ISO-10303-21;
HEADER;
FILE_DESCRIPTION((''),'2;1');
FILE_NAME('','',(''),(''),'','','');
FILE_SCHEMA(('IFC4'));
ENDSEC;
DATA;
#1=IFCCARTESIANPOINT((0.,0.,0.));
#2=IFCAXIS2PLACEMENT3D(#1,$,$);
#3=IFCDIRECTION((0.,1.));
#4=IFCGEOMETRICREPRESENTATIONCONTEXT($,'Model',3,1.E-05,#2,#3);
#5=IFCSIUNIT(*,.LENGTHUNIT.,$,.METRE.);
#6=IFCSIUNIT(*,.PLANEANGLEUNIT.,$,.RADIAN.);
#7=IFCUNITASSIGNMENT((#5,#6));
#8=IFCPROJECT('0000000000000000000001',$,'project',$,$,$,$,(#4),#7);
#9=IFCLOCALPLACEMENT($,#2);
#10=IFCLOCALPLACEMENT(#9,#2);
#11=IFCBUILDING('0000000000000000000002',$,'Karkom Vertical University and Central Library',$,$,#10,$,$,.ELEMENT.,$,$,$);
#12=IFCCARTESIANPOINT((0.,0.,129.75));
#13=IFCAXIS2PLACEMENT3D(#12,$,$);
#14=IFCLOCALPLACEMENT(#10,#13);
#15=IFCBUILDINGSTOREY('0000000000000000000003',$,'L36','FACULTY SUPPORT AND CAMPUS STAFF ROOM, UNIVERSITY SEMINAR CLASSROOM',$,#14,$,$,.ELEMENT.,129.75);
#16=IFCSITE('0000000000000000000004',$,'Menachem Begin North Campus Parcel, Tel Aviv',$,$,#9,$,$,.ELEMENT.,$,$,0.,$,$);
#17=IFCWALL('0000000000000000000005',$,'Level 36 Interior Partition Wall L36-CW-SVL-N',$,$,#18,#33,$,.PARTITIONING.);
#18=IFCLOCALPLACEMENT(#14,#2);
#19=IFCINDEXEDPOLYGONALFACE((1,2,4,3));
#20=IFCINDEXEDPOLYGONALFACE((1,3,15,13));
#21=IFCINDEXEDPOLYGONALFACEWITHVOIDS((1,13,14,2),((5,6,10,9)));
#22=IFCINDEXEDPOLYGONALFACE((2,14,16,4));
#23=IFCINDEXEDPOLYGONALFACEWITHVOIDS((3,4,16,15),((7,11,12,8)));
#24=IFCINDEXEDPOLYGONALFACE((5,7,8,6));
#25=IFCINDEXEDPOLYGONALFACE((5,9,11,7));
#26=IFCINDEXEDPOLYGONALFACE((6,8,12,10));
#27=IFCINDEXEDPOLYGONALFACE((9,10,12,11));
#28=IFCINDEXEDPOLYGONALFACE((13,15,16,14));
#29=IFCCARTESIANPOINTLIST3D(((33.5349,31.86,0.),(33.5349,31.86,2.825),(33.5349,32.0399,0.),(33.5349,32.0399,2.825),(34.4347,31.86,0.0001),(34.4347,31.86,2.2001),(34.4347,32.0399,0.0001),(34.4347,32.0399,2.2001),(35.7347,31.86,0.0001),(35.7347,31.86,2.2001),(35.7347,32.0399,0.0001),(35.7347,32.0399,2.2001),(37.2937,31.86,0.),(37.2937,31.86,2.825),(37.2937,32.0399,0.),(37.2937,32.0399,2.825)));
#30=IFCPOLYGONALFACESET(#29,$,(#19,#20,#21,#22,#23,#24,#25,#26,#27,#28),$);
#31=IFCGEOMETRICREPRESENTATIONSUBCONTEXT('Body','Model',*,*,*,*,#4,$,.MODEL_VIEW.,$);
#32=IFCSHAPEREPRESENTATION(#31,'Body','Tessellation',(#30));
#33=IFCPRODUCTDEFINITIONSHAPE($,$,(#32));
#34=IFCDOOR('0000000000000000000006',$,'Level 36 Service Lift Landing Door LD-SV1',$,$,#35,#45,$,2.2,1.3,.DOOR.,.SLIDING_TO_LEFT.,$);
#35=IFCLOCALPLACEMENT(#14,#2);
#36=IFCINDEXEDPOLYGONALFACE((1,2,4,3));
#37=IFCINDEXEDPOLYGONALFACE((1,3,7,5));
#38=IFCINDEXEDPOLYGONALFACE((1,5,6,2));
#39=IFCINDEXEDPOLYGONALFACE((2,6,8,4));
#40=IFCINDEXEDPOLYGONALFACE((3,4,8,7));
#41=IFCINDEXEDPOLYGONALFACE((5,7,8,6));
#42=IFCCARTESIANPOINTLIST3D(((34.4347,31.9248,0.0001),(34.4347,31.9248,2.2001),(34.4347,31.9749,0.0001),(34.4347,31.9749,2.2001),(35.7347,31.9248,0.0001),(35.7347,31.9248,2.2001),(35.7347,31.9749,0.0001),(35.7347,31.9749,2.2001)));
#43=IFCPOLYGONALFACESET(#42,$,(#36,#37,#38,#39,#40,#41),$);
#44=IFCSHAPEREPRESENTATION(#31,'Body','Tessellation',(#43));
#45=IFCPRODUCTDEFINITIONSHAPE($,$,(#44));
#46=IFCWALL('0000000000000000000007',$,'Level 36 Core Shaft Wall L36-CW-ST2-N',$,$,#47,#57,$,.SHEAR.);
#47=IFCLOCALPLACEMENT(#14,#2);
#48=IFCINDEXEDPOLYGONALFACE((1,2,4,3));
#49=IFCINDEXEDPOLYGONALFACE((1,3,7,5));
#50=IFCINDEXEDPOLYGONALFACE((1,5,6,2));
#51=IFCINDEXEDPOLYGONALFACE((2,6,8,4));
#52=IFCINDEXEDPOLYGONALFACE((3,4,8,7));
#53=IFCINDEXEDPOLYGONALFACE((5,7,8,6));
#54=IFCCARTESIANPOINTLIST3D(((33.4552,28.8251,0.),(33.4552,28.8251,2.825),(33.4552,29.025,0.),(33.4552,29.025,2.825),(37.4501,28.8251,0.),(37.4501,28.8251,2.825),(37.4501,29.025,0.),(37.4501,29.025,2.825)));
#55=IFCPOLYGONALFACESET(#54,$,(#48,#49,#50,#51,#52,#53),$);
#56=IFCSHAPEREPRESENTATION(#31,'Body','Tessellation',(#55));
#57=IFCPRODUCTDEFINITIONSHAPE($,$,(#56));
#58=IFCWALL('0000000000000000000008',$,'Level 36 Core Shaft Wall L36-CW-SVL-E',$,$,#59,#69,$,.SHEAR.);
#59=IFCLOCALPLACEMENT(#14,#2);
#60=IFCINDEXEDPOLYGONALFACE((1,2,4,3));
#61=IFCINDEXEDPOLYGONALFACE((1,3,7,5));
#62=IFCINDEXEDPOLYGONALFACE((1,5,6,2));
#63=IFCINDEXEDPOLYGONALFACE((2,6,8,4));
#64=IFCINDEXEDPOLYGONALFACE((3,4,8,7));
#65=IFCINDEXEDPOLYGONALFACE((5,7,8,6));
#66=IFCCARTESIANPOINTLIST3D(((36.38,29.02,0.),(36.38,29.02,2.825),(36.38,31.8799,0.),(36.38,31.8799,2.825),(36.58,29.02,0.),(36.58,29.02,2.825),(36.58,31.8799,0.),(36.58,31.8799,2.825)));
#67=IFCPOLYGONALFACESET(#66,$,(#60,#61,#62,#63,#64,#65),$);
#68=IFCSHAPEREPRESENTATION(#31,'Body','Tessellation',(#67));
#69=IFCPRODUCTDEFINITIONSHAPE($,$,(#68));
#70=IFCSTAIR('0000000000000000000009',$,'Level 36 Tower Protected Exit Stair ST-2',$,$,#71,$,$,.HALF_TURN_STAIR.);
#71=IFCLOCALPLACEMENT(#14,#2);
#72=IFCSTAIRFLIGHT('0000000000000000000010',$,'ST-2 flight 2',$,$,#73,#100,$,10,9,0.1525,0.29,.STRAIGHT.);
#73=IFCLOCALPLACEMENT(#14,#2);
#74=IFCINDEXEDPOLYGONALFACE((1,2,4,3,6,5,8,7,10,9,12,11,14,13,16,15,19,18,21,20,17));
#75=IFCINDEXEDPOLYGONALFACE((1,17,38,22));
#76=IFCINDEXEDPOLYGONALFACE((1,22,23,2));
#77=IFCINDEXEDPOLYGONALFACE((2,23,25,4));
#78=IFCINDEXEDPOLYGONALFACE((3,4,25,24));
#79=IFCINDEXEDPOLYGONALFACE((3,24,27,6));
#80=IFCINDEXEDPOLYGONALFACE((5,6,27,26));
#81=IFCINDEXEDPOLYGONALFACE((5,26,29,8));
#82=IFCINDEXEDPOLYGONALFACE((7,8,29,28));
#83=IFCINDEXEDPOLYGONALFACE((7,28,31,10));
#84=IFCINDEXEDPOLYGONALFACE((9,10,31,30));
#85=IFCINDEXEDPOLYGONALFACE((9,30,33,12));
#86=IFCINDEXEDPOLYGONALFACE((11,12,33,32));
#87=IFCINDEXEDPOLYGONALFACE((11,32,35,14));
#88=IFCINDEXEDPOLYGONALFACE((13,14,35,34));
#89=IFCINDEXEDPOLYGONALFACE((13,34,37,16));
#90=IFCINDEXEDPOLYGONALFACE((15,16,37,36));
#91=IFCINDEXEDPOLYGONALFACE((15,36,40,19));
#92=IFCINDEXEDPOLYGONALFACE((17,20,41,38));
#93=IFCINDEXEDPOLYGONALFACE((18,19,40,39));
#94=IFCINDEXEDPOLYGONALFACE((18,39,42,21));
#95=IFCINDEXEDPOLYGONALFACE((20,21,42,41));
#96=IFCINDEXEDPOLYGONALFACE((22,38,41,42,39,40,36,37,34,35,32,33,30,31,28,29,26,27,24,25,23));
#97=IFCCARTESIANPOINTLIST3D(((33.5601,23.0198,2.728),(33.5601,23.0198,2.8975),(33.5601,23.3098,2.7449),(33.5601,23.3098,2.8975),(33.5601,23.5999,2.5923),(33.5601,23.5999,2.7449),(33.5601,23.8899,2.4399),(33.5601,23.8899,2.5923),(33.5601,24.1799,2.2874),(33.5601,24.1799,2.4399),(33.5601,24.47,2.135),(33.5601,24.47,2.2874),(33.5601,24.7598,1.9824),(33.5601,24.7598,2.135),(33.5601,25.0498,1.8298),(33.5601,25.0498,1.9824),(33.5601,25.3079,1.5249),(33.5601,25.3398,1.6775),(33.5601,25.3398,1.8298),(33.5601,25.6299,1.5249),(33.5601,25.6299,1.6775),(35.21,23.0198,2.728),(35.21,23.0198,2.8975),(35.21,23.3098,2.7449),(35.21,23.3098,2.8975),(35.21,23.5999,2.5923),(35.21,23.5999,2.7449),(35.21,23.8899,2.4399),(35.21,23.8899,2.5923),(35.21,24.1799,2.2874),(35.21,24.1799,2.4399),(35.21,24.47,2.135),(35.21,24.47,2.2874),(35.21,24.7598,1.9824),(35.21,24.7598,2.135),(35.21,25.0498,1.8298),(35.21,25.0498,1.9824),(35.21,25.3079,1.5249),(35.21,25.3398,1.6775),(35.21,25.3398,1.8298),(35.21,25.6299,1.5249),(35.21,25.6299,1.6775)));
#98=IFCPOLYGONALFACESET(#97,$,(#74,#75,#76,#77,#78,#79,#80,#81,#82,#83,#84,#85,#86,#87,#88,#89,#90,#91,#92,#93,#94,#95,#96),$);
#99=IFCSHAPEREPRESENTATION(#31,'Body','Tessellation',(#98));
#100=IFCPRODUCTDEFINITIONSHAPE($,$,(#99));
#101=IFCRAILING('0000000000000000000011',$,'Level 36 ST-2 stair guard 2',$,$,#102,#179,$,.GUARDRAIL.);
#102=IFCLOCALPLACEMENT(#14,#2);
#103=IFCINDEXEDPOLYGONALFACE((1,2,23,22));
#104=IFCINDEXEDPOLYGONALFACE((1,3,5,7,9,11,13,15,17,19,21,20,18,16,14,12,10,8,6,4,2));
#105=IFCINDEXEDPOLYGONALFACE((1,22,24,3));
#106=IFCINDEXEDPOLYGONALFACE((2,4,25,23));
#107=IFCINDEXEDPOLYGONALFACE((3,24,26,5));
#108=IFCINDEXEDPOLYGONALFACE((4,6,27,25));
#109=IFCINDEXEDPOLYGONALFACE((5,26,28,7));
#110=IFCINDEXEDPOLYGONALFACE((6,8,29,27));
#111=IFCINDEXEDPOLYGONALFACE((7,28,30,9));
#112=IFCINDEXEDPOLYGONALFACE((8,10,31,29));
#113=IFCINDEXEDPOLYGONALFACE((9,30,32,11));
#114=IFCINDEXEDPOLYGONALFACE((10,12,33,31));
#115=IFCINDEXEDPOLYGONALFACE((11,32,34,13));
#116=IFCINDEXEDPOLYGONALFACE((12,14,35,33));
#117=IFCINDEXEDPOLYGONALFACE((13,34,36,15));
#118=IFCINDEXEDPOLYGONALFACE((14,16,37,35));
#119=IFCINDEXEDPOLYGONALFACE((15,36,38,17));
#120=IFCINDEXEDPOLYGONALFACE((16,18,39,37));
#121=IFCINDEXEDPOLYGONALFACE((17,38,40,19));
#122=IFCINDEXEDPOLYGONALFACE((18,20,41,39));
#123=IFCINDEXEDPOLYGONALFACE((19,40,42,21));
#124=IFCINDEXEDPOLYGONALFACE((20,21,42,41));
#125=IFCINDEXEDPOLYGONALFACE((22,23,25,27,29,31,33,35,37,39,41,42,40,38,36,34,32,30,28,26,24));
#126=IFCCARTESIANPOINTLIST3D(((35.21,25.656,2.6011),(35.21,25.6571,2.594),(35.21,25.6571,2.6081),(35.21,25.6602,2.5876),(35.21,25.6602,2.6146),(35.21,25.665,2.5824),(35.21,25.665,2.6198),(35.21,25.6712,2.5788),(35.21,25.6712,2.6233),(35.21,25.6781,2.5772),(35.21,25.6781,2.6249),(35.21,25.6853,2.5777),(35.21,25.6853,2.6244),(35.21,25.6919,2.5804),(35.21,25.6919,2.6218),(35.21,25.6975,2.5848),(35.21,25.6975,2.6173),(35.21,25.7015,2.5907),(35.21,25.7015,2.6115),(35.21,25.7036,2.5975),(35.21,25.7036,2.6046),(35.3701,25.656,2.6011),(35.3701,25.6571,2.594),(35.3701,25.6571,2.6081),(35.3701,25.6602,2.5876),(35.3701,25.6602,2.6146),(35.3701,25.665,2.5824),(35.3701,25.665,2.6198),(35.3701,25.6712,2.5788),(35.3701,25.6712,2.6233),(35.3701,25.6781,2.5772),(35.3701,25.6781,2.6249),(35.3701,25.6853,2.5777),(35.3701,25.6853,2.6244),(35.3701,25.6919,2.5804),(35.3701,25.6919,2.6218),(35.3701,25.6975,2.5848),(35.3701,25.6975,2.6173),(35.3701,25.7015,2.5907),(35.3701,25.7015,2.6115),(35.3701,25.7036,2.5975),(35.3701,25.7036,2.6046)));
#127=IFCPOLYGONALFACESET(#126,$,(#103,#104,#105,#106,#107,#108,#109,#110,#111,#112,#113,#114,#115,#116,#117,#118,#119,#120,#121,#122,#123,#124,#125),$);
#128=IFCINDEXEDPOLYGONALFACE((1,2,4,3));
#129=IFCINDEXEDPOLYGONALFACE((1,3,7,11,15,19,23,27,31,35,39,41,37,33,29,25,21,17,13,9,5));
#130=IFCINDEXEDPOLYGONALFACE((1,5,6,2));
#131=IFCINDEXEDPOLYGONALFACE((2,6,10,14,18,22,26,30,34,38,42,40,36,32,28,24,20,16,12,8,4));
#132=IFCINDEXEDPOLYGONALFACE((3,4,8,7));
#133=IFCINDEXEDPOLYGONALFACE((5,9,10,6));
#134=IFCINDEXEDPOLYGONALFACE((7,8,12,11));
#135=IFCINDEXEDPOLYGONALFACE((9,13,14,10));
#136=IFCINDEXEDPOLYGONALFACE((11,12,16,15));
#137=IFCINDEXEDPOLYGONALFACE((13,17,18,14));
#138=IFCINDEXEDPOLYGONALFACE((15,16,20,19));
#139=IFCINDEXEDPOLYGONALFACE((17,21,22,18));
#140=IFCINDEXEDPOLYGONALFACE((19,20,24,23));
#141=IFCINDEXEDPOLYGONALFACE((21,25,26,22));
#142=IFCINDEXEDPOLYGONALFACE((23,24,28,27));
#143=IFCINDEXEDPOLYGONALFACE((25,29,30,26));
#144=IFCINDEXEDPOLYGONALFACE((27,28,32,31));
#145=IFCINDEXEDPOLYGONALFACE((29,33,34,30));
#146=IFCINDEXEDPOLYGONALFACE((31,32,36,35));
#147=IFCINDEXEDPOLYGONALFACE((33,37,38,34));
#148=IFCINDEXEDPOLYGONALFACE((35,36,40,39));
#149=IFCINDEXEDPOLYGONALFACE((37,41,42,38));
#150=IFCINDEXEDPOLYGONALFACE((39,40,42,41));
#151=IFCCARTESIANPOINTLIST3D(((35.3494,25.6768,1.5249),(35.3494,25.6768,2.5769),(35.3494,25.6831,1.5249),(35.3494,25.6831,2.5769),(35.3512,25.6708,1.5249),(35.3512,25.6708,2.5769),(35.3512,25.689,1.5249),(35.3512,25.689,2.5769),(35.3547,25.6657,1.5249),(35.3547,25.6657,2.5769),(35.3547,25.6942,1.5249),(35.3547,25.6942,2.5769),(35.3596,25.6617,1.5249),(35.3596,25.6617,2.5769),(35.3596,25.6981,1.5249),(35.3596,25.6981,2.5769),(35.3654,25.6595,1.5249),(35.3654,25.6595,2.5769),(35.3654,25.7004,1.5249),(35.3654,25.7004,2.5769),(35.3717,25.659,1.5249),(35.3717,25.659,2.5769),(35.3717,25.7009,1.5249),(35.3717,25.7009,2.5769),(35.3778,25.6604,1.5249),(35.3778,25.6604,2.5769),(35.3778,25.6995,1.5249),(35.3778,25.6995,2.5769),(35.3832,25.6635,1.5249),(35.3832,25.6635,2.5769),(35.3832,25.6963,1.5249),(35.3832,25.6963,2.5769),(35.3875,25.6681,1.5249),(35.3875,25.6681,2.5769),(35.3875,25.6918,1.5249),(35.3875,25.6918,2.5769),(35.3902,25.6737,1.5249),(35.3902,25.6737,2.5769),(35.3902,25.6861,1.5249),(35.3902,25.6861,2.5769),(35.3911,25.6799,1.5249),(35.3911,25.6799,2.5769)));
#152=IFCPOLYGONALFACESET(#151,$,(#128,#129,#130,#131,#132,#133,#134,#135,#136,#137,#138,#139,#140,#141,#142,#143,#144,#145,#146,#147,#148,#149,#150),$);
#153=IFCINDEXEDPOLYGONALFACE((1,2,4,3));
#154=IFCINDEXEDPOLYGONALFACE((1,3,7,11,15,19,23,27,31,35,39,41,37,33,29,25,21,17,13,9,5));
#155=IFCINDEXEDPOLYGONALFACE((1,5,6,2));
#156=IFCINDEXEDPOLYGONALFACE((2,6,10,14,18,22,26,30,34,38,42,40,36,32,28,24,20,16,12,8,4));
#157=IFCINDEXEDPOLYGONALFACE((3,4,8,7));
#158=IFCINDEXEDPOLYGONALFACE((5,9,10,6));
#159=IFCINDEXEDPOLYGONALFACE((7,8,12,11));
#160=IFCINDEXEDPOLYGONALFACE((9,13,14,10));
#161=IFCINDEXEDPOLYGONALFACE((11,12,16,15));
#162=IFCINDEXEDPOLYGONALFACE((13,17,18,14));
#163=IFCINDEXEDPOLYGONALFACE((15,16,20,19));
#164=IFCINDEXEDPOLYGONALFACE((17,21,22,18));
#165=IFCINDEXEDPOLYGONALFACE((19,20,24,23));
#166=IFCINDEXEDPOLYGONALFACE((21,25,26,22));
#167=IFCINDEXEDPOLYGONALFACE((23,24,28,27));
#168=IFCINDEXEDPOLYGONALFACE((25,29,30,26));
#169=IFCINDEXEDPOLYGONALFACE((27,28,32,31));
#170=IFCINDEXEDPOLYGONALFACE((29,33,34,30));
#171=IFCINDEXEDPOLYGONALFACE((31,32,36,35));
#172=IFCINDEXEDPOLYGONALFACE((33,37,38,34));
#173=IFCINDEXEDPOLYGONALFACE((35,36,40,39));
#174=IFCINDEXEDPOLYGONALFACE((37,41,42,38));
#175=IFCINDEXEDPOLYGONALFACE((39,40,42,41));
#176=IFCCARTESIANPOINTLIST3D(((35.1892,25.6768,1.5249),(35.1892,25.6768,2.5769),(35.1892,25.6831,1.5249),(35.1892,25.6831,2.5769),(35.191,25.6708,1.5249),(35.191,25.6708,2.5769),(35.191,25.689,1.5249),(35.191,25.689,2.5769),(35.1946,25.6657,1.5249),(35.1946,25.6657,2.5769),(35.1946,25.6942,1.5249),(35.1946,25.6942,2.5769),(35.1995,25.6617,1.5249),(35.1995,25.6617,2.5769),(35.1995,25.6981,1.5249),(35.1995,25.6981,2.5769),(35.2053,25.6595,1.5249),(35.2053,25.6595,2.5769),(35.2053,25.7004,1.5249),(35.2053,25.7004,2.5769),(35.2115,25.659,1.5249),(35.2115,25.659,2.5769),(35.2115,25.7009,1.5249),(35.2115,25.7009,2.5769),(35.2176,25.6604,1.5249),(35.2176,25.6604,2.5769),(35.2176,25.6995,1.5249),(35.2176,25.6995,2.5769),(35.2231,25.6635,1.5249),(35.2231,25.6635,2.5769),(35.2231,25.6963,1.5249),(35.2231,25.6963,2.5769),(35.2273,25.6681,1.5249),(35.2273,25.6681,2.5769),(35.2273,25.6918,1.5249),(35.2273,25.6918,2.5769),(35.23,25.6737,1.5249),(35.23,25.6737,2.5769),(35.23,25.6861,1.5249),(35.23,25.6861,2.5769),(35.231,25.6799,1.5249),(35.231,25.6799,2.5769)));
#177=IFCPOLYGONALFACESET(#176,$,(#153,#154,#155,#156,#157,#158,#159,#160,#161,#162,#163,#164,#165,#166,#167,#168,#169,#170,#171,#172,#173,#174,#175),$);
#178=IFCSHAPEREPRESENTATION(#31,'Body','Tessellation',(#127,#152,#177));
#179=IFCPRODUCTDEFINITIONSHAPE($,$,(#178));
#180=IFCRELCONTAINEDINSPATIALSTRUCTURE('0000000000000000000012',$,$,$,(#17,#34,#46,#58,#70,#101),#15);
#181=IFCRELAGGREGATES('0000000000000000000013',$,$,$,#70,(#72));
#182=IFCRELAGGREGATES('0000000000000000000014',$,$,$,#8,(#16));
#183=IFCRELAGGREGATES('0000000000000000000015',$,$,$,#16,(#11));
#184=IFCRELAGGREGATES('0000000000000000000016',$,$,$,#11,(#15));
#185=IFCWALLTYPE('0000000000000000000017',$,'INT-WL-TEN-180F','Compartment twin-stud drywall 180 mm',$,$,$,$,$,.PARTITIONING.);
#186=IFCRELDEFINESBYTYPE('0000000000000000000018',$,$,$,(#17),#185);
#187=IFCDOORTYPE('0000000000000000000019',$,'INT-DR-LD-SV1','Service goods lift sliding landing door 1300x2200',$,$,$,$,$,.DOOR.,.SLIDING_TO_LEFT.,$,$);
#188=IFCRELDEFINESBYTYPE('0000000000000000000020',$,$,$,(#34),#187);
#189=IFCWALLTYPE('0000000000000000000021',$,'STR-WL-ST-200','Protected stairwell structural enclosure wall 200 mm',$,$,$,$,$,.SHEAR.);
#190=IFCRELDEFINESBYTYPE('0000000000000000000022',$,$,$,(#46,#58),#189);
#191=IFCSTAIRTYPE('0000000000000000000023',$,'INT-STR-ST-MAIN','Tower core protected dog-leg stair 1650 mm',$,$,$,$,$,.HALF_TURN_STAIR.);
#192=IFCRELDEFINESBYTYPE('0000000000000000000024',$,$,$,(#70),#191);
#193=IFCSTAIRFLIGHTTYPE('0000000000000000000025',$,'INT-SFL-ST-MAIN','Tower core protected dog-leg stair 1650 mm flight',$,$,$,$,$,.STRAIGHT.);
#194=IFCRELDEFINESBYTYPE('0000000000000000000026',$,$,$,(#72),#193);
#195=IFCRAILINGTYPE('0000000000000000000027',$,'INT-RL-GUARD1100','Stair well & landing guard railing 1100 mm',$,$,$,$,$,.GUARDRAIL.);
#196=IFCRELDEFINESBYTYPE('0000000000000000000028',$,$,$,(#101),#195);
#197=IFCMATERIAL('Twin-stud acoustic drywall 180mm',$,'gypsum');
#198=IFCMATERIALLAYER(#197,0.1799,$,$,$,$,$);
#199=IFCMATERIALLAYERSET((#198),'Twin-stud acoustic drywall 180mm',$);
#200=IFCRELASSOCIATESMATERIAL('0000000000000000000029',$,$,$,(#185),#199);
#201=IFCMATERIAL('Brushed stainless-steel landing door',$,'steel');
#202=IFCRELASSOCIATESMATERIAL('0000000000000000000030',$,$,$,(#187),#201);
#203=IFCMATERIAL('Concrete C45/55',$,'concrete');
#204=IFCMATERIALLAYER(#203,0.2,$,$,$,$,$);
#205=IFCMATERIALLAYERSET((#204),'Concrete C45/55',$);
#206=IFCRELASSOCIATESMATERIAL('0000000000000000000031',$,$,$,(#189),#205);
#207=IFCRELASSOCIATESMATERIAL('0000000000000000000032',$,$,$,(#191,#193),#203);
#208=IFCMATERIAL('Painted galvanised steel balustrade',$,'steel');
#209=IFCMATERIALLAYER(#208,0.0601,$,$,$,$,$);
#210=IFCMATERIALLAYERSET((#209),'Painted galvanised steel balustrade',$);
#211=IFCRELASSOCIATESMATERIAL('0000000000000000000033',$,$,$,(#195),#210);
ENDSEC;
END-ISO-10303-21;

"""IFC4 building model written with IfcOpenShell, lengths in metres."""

from ifc_helpers import new_model, si_unit, direction, frame, frame_2d, origin, origin_with_axes, origin_2d, place, context, subcontext, project, spatial, polyline, rectangle, circle, outline, extrude, source, transform, mapped, material, layer, layer_set, type_object, element, fill, aggregate, save


model = new_model("IFC4")

# Units and contexts
model_context = context("Model", 3, precision=1e-05, world=origin(), true_north=direction((0.0, 1.0)))
body_context = subcontext(model_context, "Body", "Model", "MODEL_VIEW")
ifc_project = project(units=[si_unit("LENGTHUNIT", "METRE"), si_unit("PLANEANGLEUNIT", "RADIAN")], contexts=[model_context])

# Site, building, storey
site_placement = place(None, origin())
site = spatial("IfcSite", under=ifc_project, at=site_placement, Name="Menachem Begin North Campus Parcel, Tel Aviv", CompositionType="ELEMENT", RefElevation=0.0)
building_placement = place(site_placement, origin())
building = spatial("IfcBuilding", under=site, at=building_placement, Name="Karkom Vertical University and Central Library", CompositionType="ELEMENT")
storey_placement = place(building_placement, frame((0.0, 0.0, 129.75)))
storey = spatial("IfcBuildingStorey", under=building, at=storey_placement, Name="L36", Description="FACULTY SUPPORT AND CAMPUS STAFF ROOM, UNIVERSITY SEMINAR CLASSROOM", CompositionType="ELEMENT", Elevation=129.75)

# Wall, opening, door
ifc_material_1 = material(Name="Twin-stud acoustic drywall 180mm", Category="gypsum")
ifc_layer_1 = layer(ifc_material_1, 0.1799)
ifc_layer_set_1 = layer_set([ifc_layer_1], Name="Twin-stud acoustic drywall 180mm")
wall_type_1 = type_object("IfcWallType", Name="INT-WL-TEN-180F", Description="Compartment twin-stud drywall 180 mm", PredefinedType="PARTITIONING", material=ifc_layer_set_1)
wall_1_placement = place(storey_placement, frame((33.5349, 31.95, 0.0), z_axis=(0.0, 0.0, 1.0), x_axis=(1.0, 0.0, 0.0)))
wall_1 = element("IfcWall", 1, at=wall_1_placement, inside=storey, type_object=wall_type_1, Name="Level 36 Interior Partition Wall L36-CW-SVL-N", PredefinedType="PARTITIONING", context=body_context, shape_type="SweptSolid", body=[
    extrude(rectangle(XDim=3.7588, YDim=0.1799, at=frame_2d((1.8794, 0.0))), origin(), (0.0, 0.0, 1.0), 2.825),
])
opening_1_placement = place(wall_1_placement, frame((0.8999, 0.0, 0.0)))
opening_1 = element("IfcOpeningElement", 2, at=opening_1_placement, cuts=wall_1, PredefinedType="OPENING", context=body_context, shape_type="SweptSolid", body=[
    extrude(rectangle(XDim=1.3, YDim=2.2, at=frame_2d((0.6499, 1.1001))), frame((0.0, 0.1001, 0.0), z_axis=(0.0, -1.0, 0.0), x_axis=(1.0, 0.0, 0.0)), (0.0, 0.0, 1.0), 0.2),
])
ifc_material_2 = material(Name="Brushed stainless-steel landing door", Category="steel")
door_type_1 = type_object("IfcDoorType", Name="INT-DR-LD-SV1", Description="Service goods lift sliding landing door 1300x2200", OperationType="SLIDING_TO_LEFT", PredefinedType="DOOR", material=ifc_material_2)
shared_shape_1 = source(origin_with_axes(), body_context, "Body", "SweptSolid", [
    extrude(rectangle(XDim=1.3, YDim=2.2, at=frame_2d((0.6499, 1.1001))), frame((0.0, 0.0249, 0.0), z_axis=(0.0, -1.0, 0.0), x_axis=(1.0, 0.0, 0.0)), (0.0, 0.0, 1.0), 0.05),
])
door_1_placement = place(opening_1_placement, origin())
door_1 = element("IfcDoor", 3, at=door_1_placement, inside=storey, type_object=door_type_1, Name="Level 36 Service Lift Landing Door LD-SV1", OperationType="SLIDING_TO_LEFT", OverallHeight=2.2, OverallWidth=1.3, PredefinedType="DOOR", context=body_context, shape_type="MappedRepresentation", body=[
    mapped(shared_shape_1, transform((0.0, 0.0, 0.0), scale=1.0)),
])
fill(opening_1, door_1)

# Walls
ifc_material_3 = material(Name="Concrete C45/55", Category="concrete")
ifc_layer_2 = layer(ifc_material_3, 0.2)
ifc_layer_set_2 = layer_set([ifc_layer_2], Name="Concrete C45/55")
wall_type_2 = type_object("IfcWallType", Name="STR-WL-ST-200", Description="Protected stairwell structural enclosure wall 200 mm", PredefinedType="SHEAR", material=ifc_layer_set_2)
wall_2_placement = place(storey_placement, frame((33.4551, 28.925, 0.0), z_axis=(0.0, 0.0, 1.0), x_axis=(1.0, 0.0, 0.0)))
element("IfcWall", 4, at=wall_2_placement, inside=storey, type_object=wall_type_2, Name="Level 36 Core Shaft Wall L36-CW-ST2-N", PredefinedType="SHEAR", context=body_context, shape_type="SweptSolid", body=[
    extrude(rectangle(XDim=3.9949, YDim=0.2, at=frame_2d((1.9976, 0.0))), origin(), (0.0, 0.0, 1.0), 2.825),
])
wall_3_placement = place(storey_placement, frame((36.48, 29.02, 0.0), z_axis=(0.0, 0.0, 1.0), x_axis=(0.0, 1.0, 0.0)))
element("IfcWall", 5, at=wall_3_placement, inside=storey, type_object=wall_type_2, Name="Level 36 Core Shaft Wall L36-CW-SVL-E", PredefinedType="SHEAR", context=body_context, shape_type="SweptSolid", body=[
    extrude(rectangle(XDim=2.8599, YDim=0.2, at=frame_2d((1.4299, 0.0))), origin(), (0.0, 0.0, 1.0), 2.825),
])

# Stair, stair flight
stair_type = type_object("IfcStairType", Name="INT-STR-ST-MAIN", Description="Tower core protected dog-leg stair 1650 mm", PredefinedType="HALF_TURN_STAIR", material=ifc_material_3)
stair_placement = place(storey_placement, origin())
stair = element("IfcStair", 6, at=stair_placement, inside=storey, type_object=stair_type, Name="Level 36 Tower Protected Exit Stair ST-2", PredefinedType="HALF_TURN_STAIR")
stair_flight_type = type_object("IfcStairFlightType", Name="INT-SFL-ST-MAIN", Description="Tower core protected dog-leg stair 1650 mm flight", PredefinedType="STRAIGHT", material=ifc_material_3)
stair_flight_placement = place(storey_placement, frame((34.385, 25.6299, 1.5249), z_axis=(0.0, 0.0, 1.0), x_axis=(0.0, -1.0, 0.0)))
stair_flight = element("IfcStairFlight", 7, at=stair_flight_placement, type_object=stair_flight_type, Name="ST-2 flight 2", NumberOfRisers=10, NumberOfTreads=9, PredefinedType="STRAIGHT", RiserHeight=0.1525, TreadLength=0.29, context=body_context, shape_type="SweptSolid", body=[
    extrude(outline(polyline([(0.0, 0.0), (0.0, 0.1526), (0.29, 0.1526), (0.29, 0.3049), (0.5801, 0.3049), (0.5801, 0.4575), (0.8701, 0.4575), (0.8701, 0.6101), (1.1599, 0.6101), (1.1599, 0.7625), (1.45, 0.7625), (1.45, 0.915), (1.74, 0.915), (1.74, 1.0674), (2.03, 1.0674), (2.03, 1.22), (2.3201, 1.22), (2.3201, 1.3726), (2.6101, 1.3726), (2.6101, 1.5249), (2.6101, 1.2031), (0.322, 0.0), (0.0, 0.0)])), frame((0.0, 0.825, 0.0), z_axis=(0.0, -1.0, 0.0), x_axis=(1.0, 0.0, 0.0)), (0.0, 0.0, 1.0), 1.6499),
])
aggregate(stair, [stair_flight])

# Railing
ifc_material_4 = material(Name="Painted galvanised steel balustrade", Category="steel")
ifc_layer_3 = layer(ifc_material_4, 0.0601)
ifc_layer_set_3 = layer_set([ifc_layer_3], Name="Painted galvanised steel balustrade")
railing_type_1 = type_object("IfcRailingType", Name="INT-RL-GUARD1100", Description="Stair well & landing guard railing 1100 mm", PredefinedType="GUARDRAIL", material=ifc_layer_set_3)
railing_1_placement = place(storey_placement, frame((35.3701, 25.6799, 1.5249)))
element("IfcRailing", 8, at=railing_1_placement, inside=storey, type_object=railing_type_1, Name="Level 36 ST-2 stair guard 2", PredefinedType="GUARDRAIL", context=body_context, shape_type="SweptSolid", body=[
    extrude(circle(Radius=0.0239, at=origin_2d()), frame((0.0, 0.0, 1.0762), z_axis=(-1.0, 0.0, 0.0), x_axis=(0.0, -1.0, 0.0)), (0.0, 0.0, 1.0), 0.1602),
    extrude(circle(Radius=0.021, at=origin_2d()), origin(), (0.0, 0.0, 1.0), 1.052),
    extrude(circle(Radius=0.021, at=origin_2d()), frame((-0.1602, 0.0, 0.0)), (0.0, 0.0, 1.0), 1.052),
])

save(model, "model.ifc")
